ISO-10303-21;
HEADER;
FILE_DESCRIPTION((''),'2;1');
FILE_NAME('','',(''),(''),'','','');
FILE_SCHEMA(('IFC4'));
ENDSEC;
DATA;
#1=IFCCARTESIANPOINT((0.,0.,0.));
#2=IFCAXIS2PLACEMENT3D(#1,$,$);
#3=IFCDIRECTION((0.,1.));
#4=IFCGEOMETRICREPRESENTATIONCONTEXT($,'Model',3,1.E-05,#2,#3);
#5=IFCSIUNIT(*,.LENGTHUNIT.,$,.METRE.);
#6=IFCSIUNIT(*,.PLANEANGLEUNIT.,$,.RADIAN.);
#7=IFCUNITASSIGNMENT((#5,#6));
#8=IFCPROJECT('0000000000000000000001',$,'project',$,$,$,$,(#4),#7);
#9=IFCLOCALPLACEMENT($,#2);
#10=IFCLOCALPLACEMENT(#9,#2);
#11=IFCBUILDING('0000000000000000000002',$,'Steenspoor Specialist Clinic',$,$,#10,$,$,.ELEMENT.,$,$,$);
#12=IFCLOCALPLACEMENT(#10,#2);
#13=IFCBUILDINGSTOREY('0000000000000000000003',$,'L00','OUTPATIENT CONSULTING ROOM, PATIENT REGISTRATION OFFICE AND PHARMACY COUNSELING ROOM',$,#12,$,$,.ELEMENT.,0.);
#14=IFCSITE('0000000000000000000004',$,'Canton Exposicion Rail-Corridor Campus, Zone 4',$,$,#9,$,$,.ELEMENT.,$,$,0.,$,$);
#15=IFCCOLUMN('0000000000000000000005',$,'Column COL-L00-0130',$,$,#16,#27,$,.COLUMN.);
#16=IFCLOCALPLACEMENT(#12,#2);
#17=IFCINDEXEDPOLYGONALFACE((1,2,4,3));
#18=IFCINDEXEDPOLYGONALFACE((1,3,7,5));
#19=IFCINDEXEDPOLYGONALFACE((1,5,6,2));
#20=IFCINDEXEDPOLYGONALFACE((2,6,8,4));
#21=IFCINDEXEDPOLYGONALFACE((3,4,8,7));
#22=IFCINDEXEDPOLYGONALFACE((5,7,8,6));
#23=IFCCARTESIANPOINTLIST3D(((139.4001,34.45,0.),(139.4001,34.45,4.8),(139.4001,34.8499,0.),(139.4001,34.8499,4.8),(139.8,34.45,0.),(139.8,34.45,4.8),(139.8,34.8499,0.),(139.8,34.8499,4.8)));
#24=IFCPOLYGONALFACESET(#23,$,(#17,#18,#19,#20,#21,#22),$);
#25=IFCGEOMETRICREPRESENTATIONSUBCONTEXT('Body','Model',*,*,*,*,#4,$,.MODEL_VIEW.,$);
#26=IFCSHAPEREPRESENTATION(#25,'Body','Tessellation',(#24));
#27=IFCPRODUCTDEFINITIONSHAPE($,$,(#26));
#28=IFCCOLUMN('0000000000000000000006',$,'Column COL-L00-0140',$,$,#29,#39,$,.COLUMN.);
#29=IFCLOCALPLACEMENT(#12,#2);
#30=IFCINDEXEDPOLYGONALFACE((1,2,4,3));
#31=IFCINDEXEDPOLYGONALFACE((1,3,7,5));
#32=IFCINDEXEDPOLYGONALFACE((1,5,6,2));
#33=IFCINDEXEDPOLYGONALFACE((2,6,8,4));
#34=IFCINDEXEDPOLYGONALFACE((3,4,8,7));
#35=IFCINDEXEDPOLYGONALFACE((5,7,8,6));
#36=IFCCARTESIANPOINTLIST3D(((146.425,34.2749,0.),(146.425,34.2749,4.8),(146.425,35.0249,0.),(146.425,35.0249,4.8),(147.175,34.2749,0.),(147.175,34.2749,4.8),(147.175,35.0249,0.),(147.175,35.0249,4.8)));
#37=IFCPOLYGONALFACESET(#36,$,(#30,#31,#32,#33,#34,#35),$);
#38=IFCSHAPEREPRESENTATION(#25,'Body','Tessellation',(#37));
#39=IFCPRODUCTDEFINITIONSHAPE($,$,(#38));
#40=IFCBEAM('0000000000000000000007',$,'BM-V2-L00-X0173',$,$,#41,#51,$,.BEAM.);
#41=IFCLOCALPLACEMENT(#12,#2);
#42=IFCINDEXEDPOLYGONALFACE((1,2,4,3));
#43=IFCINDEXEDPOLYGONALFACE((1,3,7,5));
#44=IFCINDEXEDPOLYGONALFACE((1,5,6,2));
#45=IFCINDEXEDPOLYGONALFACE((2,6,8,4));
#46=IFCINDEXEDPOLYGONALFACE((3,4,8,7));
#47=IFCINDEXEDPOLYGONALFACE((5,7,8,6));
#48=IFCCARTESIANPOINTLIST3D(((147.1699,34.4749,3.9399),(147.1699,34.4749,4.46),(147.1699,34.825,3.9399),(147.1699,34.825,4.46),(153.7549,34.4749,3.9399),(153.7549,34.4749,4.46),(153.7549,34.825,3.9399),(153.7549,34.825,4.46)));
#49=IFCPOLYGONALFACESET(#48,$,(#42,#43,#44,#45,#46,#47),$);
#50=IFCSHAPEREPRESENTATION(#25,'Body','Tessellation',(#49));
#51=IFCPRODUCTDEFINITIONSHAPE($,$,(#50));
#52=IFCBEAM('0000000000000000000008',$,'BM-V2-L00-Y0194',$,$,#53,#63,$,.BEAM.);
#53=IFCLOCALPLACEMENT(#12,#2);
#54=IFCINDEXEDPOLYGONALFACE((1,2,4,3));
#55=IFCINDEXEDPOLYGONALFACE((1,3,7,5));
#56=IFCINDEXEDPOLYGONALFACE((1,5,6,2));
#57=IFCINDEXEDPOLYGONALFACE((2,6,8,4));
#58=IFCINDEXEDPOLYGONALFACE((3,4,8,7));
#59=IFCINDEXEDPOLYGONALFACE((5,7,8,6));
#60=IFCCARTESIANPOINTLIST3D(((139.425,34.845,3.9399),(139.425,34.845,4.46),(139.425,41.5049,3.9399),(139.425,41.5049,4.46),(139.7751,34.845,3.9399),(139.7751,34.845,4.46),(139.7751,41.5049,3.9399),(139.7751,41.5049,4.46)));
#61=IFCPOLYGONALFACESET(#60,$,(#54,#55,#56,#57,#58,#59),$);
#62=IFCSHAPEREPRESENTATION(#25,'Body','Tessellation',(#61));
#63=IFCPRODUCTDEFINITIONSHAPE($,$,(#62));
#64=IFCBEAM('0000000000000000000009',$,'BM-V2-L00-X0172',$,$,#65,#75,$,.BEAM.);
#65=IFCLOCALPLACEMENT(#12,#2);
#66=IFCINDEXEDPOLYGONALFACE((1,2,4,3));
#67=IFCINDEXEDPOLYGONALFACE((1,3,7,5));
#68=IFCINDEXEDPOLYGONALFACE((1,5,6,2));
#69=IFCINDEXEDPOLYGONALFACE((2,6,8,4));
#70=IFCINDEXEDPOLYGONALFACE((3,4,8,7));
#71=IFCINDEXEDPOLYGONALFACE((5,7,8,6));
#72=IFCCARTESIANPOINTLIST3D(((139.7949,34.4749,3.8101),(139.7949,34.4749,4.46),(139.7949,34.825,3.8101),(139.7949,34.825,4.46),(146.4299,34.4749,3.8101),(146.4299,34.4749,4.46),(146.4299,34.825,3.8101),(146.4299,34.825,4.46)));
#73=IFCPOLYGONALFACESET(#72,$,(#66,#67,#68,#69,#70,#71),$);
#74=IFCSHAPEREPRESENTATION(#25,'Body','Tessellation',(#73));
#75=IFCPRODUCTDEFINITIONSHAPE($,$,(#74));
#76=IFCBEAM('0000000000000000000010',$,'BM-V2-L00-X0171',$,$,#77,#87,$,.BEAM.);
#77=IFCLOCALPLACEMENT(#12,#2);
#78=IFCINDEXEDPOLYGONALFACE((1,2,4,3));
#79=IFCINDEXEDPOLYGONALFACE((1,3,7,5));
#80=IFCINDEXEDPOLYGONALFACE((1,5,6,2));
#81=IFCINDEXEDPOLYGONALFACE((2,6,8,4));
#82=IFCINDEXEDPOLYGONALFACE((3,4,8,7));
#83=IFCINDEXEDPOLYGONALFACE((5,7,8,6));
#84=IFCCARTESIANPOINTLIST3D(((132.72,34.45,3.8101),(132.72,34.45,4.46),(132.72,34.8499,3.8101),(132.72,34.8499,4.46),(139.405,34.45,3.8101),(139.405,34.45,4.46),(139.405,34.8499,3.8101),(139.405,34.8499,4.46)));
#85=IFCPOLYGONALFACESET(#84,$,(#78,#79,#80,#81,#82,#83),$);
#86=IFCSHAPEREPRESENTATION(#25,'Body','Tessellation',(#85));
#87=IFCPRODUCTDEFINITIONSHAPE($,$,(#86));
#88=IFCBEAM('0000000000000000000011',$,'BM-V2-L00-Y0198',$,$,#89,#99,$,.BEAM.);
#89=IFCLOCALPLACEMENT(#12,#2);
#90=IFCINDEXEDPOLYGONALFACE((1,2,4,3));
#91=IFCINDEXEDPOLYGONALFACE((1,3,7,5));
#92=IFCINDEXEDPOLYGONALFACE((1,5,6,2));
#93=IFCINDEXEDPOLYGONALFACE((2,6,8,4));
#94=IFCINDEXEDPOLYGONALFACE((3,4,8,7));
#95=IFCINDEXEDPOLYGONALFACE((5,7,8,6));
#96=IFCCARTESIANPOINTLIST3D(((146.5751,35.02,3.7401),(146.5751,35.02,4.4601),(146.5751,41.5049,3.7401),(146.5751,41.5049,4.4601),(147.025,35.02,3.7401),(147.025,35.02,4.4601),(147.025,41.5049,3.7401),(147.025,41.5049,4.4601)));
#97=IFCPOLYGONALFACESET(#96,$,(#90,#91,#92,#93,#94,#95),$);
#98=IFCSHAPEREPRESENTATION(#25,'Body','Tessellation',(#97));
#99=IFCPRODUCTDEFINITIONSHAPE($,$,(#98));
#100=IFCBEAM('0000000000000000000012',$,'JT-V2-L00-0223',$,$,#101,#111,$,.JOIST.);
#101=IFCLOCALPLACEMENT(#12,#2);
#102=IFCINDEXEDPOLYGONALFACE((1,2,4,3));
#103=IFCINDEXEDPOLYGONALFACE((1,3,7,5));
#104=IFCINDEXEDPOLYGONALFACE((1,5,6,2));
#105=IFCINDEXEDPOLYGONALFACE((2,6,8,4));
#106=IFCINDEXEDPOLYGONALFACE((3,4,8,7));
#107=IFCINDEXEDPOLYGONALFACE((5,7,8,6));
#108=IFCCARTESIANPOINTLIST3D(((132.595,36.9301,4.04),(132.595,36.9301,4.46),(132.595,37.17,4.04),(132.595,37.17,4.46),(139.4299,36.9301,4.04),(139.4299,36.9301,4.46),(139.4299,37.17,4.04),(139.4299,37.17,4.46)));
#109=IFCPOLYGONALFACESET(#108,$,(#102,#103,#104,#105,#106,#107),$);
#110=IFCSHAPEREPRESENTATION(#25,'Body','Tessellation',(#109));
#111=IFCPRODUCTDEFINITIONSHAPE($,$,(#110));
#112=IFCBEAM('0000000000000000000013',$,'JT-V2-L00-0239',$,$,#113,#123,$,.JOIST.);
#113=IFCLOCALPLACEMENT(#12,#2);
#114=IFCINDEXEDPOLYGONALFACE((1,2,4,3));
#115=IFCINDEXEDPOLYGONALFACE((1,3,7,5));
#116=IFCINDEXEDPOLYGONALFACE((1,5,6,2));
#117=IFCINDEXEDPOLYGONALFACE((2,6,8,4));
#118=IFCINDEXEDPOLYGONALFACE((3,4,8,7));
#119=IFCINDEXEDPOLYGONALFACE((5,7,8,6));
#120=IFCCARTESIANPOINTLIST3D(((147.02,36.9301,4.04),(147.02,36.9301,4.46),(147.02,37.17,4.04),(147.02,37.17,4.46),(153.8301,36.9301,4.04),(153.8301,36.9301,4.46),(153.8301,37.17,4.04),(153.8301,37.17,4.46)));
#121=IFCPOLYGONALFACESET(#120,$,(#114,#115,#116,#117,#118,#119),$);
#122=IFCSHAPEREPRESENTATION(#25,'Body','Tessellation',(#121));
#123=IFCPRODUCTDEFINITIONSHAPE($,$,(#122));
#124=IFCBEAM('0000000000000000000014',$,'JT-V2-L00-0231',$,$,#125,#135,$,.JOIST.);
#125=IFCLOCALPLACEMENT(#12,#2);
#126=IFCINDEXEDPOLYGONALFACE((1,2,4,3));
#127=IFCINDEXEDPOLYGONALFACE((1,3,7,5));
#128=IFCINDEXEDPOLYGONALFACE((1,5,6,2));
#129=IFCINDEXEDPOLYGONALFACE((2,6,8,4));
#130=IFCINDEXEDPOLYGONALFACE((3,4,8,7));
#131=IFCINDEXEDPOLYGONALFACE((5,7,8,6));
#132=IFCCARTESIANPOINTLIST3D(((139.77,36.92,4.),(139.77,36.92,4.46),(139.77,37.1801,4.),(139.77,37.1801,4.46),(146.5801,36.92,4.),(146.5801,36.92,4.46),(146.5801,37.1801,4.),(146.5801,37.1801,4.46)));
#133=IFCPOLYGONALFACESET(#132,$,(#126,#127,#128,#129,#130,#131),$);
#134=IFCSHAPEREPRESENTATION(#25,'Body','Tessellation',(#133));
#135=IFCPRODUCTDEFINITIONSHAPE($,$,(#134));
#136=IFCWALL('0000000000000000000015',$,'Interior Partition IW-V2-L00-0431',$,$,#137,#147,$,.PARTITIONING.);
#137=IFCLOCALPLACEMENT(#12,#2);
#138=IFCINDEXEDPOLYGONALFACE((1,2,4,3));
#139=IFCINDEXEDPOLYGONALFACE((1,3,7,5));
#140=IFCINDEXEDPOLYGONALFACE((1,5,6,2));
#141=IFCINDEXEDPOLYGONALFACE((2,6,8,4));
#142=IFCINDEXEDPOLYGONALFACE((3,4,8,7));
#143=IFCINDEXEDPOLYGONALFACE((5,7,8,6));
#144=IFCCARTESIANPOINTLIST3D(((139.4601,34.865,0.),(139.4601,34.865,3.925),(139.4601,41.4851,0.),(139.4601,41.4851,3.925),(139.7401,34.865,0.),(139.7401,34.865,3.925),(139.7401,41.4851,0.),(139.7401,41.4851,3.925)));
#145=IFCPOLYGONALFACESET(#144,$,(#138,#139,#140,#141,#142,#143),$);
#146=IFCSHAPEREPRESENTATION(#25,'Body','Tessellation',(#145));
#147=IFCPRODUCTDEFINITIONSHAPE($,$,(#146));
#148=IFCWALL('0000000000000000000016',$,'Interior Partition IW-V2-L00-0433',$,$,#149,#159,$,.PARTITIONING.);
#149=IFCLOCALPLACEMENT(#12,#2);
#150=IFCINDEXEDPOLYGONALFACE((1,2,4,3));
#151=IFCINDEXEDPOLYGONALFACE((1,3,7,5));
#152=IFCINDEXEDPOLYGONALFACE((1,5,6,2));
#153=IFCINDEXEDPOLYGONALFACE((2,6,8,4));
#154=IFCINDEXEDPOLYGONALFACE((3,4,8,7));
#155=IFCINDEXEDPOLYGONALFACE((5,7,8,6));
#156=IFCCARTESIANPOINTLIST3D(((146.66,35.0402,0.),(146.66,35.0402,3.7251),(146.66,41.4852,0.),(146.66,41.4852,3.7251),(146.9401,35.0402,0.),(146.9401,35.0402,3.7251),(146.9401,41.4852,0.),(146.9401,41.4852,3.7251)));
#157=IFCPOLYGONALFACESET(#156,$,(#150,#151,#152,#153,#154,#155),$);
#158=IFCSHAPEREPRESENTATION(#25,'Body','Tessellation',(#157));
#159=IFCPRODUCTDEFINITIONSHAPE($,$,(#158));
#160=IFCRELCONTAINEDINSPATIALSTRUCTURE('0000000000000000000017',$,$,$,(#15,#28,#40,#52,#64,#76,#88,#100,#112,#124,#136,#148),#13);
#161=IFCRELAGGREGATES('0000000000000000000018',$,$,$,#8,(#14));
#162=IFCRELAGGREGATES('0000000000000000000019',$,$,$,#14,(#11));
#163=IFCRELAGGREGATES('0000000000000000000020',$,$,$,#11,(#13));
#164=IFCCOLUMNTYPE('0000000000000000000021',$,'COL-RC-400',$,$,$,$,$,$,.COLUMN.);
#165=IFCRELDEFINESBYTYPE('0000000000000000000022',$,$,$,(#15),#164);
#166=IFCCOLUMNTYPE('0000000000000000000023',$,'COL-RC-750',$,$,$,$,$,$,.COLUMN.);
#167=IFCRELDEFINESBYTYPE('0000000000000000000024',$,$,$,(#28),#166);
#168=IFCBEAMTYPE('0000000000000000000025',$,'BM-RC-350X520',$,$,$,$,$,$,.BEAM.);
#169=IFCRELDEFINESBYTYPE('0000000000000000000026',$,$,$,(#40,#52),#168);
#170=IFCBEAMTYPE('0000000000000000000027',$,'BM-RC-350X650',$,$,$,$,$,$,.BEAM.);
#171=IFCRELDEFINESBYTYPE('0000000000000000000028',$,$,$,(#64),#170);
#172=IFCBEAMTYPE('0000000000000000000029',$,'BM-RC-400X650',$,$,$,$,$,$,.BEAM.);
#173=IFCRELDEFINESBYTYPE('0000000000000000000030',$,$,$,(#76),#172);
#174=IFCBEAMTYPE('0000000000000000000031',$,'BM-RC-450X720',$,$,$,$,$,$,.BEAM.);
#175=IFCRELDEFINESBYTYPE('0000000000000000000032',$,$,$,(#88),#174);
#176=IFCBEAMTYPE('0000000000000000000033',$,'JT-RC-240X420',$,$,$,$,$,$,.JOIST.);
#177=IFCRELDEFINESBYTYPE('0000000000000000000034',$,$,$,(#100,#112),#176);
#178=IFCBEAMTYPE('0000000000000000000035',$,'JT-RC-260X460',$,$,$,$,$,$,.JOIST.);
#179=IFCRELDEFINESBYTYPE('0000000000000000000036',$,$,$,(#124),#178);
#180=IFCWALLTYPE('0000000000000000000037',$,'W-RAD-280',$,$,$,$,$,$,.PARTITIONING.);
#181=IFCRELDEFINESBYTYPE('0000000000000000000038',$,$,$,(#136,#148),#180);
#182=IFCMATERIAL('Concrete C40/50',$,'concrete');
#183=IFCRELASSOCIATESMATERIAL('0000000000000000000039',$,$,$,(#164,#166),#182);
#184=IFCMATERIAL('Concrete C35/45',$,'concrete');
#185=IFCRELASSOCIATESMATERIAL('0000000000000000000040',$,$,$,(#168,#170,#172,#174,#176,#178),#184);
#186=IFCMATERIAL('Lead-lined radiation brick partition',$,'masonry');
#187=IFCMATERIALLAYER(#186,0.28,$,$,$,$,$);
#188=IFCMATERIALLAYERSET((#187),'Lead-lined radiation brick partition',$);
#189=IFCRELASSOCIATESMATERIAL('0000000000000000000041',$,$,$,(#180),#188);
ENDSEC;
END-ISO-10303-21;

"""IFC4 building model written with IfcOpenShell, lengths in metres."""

from ifc_helpers import new_model, si_unit, direction, frame, frame_2d, origin, origin_2d, place, context, subcontext, project, spatial, rectangle, extrude, material, layer, layer_set, material_profile, profile_set, type_object, element, save


model = new_model("IFC4")

# Units and contexts
model_context = context("Model", 3, precision=1e-05, world=origin(), true_north=direction((0.0, 1.0)))
body_context = subcontext(model_context, "Body", "Model", "MODEL_VIEW")
ifc_project = project(units=[si_unit("LENGTHUNIT", "METRE"), si_unit("PLANEANGLEUNIT", "RADIAN")], contexts=[model_context])

# Site, building, storey
site_placement = place(None, origin())
site = spatial("IfcSite", under=ifc_project, at=site_placement, Name="Canton Exposicion Rail-Corridor Campus, Zone 4", CompositionType="ELEMENT", RefElevation=0.0)
building_placement = place(site_placement, origin())
building = spatial("IfcBuilding", under=site, at=building_placement, Name="Steenspoor Specialist Clinic", CompositionType="ELEMENT")
storey_placement = place(building_placement, origin())
storey = spatial("IfcBuildingStorey", under=building, at=storey_placement, Name="L00", Description="OUTPATIENT CONSULTING ROOM, PATIENT REGISTRATION OFFICE AND PHARMACY COUNSELING ROOM", CompositionType="ELEMENT", Elevation=0.0)

# Shared definitions
ifc_material_1 = material(Name="Concrete C35/45", Category="concrete")

# Columns
ifc_material_2 = material(Name="Concrete C40/50", Category="concrete")
ifc_material_profile_1 = material_profile(ifc_material_2, rectangle(XDim=0.3999, YDim=0.3999, at=origin_2d()), Name="RC-COL-400X400")
ifc_profile_set_1 = profile_set([ifc_material_profile_1], Name="Concrete C40/50")
column_type_1 = type_object("IfcColumnType", Name="COL-RC-400", PredefinedType="COLUMN", material=ifc_profile_set_1)
column_1_placement = place(storey_placement, frame((139.6001, 34.6499, 0.0), z_axis=(0.0, 0.0, 1.0), x_axis=(1.0, 0.0, 0.0)))
element("IfcColumn", 1, at=column_1_placement, inside=storey, type_object=column_type_1, Name="Column COL-L00-0130", PredefinedType="COLUMN", context=body_context, shape_type="SweptSolid", body=[
    extrude(rectangle(XDim=0.3999, YDim=0.3999, at=origin_2d()), origin(), (0.0, 0.0, 1.0), 4.8),
])
ifc_material_profile_2 = material_profile(ifc_material_2, rectangle(XDim=0.75, YDim=0.75, at=origin_2d()), Name="RC-COL-750X750")
ifc_profile_set_2 = profile_set([ifc_material_profile_2], Name="Concrete C40/50")
column_type_2 = type_object("IfcColumnType", Name="COL-RC-750", PredefinedType="COLUMN", material=ifc_profile_set_2)
column_2_placement = place(storey_placement, frame((146.8, 34.6499, 0.0), z_axis=(0.0, 0.0, 1.0), x_axis=(1.0, 0.0, 0.0)))
element("IfcColumn", 2, at=column_2_placement, inside=storey, type_object=column_type_2, Name="Column COL-L00-0140", PredefinedType="COLUMN", context=body_context, shape_type="SweptSolid", body=[
    extrude(rectangle(XDim=0.75, YDim=0.75, at=origin_2d()), origin(), (0.0, 0.0, 1.0), 4.8),
])

# Beams
ifc_material_profile_3 = material_profile(ifc_material_1, rectangle(XDim=0.3501, YDim=0.52, at=origin_2d()), Name="RC-BM-350X520")
ifc_profile_set_3 = profile_set([ifc_material_profile_3], Name="Concrete C35/45")
beam_type_1 = type_object("IfcBeamType", Name="BM-RC-350X520", PredefinedType="BEAM", material=ifc_profile_set_3)
beam_1_placement = place(storey_placement, frame((147.1699, 34.6499, 4.2), z_axis=(1.0, 0.0, 0.0), x_axis=(0.0, 1.0, 0.0)))
element("IfcBeam", 3, at=beam_1_placement, inside=storey, type_object=beam_type_1, Name="BM-V2-L00-X0173", PredefinedType="BEAM", context=body_context, shape_type="SweptSolid", body=[
    extrude(rectangle(XDim=0.3501, YDim=0.52, at=origin_2d()), origin(), (0.0, 0.0, 1.0), 6.585),
])
beam_2_placement = place(storey_placement, frame((139.6001, 34.845, 4.2), z_axis=(0.0, 1.0, 0.0), x_axis=(-1.0, 0.0, 0.0)))
element("IfcBeam", 4, at=beam_2_placement, inside=storey, type_object=beam_type_1, Name="BM-V2-L00-Y0194", PredefinedType="BEAM", context=body_context, shape_type="SweptSolid", body=[
    extrude(rectangle(XDim=0.3501, YDim=0.52, at=origin_2d()), origin(), (0.0, 0.0, 1.0), 6.6599),
])
ifc_material_profile_4 = material_profile(ifc_material_1, rectangle(XDim=0.3501, YDim=0.6499, at=origin_2d()), Name="RC-BM-350X650")
ifc_profile_set_4 = profile_set([ifc_material_profile_4], Name="Concrete C35/45")
beam_type_2 = type_object("IfcBeamType", Name="BM-RC-350X650", PredefinedType="BEAM", material=ifc_profile_set_4)
beam_3_placement = place(storey_placement, frame((139.7949, 34.6499, 4.135), z_axis=(1.0, 0.0, 0.0), x_axis=(0.0, 1.0, 0.0)))
element("IfcBeam", 5, at=beam_3_placement, inside=storey, type_object=beam_type_2, Name="BM-V2-L00-X0172", PredefinedType="BEAM", context=body_context, shape_type="SweptSolid", body=[
    extrude(rectangle(XDim=0.3501, YDim=0.6499, at=origin_2d()), origin(), (0.0, 0.0, 1.0), 6.635),
])
ifc_material_profile_5 = material_profile(ifc_material_1, rectangle(XDim=0.3999, YDim=0.6499, at=origin_2d()), Name="RC-BM-400X650")
ifc_profile_set_5 = profile_set([ifc_material_profile_5], Name="Concrete C35/45")
beam_type_3 = type_object("IfcBeamType", Name="BM-RC-400X650", PredefinedType="BEAM", material=ifc_profile_set_5)
beam_4_placement = place(storey_placement, frame((132.72, 34.6499, 4.135), z_axis=(1.0, 0.0, 0.0), x_axis=(0.0, 1.0, 0.0)))
element("IfcBeam", 6, at=beam_4_placement, inside=storey, type_object=beam_type_3, Name="BM-V2-L00-X0171", PredefinedType="BEAM", context=body_context, shape_type="SweptSolid", body=[
    extrude(rectangle(XDim=0.3999, YDim=0.6499, at=origin_2d()), origin(), (0.0, 0.0, 1.0), 6.6851),
])
ifc_material_profile_6 = material_profile(ifc_material_1, rectangle(XDim=0.45, YDim=0.72, at=origin_2d()), Name="RC-BM-450X720")
ifc_profile_set_6 = profile_set([ifc_material_profile_6], Name="Concrete C35/45")
beam_type_4 = type_object("IfcBeamType", Name="BM-RC-450X720", PredefinedType="BEAM", material=ifc_profile_set_6)
beam_5_placement = place(storey_placement, frame((146.8, 35.02, 4.1001), z_axis=(0.0, 1.0, 0.0), x_axis=(-1.0, 0.0, 0.0)))
element("IfcBeam", 7, at=beam_5_placement, inside=storey, type_object=beam_type_4, Name="BM-V2-L00-Y0198", PredefinedType="BEAM", context=body_context, shape_type="SweptSolid", body=[
    extrude(rectangle(XDim=0.45, YDim=0.72, at=origin_2d()), origin(), (0.0, 0.0, 1.0), 6.4849),
])
ifc_material_profile_7 = material_profile(ifc_material_1, rectangle(XDim=0.24, YDim=0.4199, at=origin_2d()), Name="RC-JT-240X420")
ifc_profile_set_7 = profile_set([ifc_material_profile_7], Name="Concrete C35/45")
beam_type_5 = type_object("IfcBeamType", Name="JT-RC-240X420", PredefinedType="JOIST", material=ifc_profile_set_7)
beam_6_placement = place(storey_placement, frame((132.595, 37.05, 4.25), z_axis=(1.0, 0.0, 0.0), x_axis=(0.0, 1.0, 0.0)))
element("IfcBeam", 8, at=beam_6_placement, inside=storey, type_object=beam_type_5, Name="JT-V2-L00-0223", PredefinedType="JOIST", context=body_context, shape_type="SweptSolid", body=[
    extrude(rectangle(XDim=0.24, YDim=0.4199, at=origin_2d()), origin(), (0.0, 0.0, 1.0), 6.835),
])
beam_7_placement = place(storey_placement, frame((147.02, 37.05, 4.25), z_axis=(1.0, 0.0, 0.0), x_axis=(0.0, 1.0, 0.0)))
element("IfcBeam", 9, at=beam_7_placement, inside=storey, type_object=beam_type_5, Name="JT-V2-L00-0239", PredefinedType="JOIST", context=body_context, shape_type="SweptSolid", body=[
    extrude(rectangle(XDim=0.24, YDim=0.4199, at=origin_2d()), origin(), (0.0, 0.0, 1.0), 6.8101),
])
ifc_material_profile_8 = material_profile(ifc_material_1, rectangle(XDim=0.26, YDim=0.46, at=origin_2d()), Name="RC-JT-260X460")
ifc_profile_set_8 = profile_set([ifc_material_profile_8], Name="Concrete C35/45")
beam_type_6 = type_object("IfcBeamType", Name="JT-RC-260X460", PredefinedType="JOIST", material=ifc_profile_set_8)
beam_8_placement = place(storey_placement, frame((139.77, 37.05, 4.23), z_axis=(1.0, 0.0, 0.0), x_axis=(0.0, 1.0, 0.0)))
element("IfcBeam", 10, at=beam_8_placement, inside=storey, type_object=beam_type_6, Name="JT-V2-L00-0231", PredefinedType="JOIST", context=body_context, shape_type="SweptSolid", body=[
    extrude(rectangle(XDim=0.26, YDim=0.46, at=origin_2d()), origin(), (0.0, 0.0, 1.0), 6.8101),
])

# Walls
ifc_material_3 = material(Name="Lead-lined radiation brick partition", Category="masonry")
ifc_layer = layer(ifc_material_3, 0.28)
ifc_layer_set = layer_set([ifc_layer], Name="Lead-lined radiation brick partition")
wall_type = type_object("IfcWallType", Name="W-RAD-280", PredefinedType="PARTITIONING", material=ifc_layer_set)
wall_1_placement = place(storey_placement, frame((139.6001, 34.865, 0.0), z_axis=(0.0, 0.0, 1.0), x_axis=(0.0, 1.0, 0.0)))
element("IfcWall", 11, at=wall_1_placement, inside=storey, type_object=wall_type, Name="Interior Partition IW-V2-L00-0431", PredefinedType="PARTITIONING", context=body_context, shape_type="SweptSolid", body=[
    extrude(rectangle(XDim=6.6201, YDim=0.28, at=frame_2d((3.3101, 0.0))), origin(), (0.0, 0.0, 1.0), 3.925),
])
wall_2_placement = place(storey_placement, frame((146.8, 35.04, 0.0), z_axis=(0.0, 0.0, 1.0), x_axis=(0.0, 1.0, 0.0)))
element("IfcWall", 12, at=wall_2_placement, inside=storey, type_object=wall_type, Name="Interior Partition IW-V2-L00-0433", PredefinedType="PARTITIONING", context=body_context, shape_type="SweptSolid", body=[
    extrude(rectangle(XDim=6.4451, YDim=0.28, at=frame_2d((3.2227, 0.0))), origin(), (0.0, 0.0, 1.0), 3.7251),
])

save(model, "model.ifc")
